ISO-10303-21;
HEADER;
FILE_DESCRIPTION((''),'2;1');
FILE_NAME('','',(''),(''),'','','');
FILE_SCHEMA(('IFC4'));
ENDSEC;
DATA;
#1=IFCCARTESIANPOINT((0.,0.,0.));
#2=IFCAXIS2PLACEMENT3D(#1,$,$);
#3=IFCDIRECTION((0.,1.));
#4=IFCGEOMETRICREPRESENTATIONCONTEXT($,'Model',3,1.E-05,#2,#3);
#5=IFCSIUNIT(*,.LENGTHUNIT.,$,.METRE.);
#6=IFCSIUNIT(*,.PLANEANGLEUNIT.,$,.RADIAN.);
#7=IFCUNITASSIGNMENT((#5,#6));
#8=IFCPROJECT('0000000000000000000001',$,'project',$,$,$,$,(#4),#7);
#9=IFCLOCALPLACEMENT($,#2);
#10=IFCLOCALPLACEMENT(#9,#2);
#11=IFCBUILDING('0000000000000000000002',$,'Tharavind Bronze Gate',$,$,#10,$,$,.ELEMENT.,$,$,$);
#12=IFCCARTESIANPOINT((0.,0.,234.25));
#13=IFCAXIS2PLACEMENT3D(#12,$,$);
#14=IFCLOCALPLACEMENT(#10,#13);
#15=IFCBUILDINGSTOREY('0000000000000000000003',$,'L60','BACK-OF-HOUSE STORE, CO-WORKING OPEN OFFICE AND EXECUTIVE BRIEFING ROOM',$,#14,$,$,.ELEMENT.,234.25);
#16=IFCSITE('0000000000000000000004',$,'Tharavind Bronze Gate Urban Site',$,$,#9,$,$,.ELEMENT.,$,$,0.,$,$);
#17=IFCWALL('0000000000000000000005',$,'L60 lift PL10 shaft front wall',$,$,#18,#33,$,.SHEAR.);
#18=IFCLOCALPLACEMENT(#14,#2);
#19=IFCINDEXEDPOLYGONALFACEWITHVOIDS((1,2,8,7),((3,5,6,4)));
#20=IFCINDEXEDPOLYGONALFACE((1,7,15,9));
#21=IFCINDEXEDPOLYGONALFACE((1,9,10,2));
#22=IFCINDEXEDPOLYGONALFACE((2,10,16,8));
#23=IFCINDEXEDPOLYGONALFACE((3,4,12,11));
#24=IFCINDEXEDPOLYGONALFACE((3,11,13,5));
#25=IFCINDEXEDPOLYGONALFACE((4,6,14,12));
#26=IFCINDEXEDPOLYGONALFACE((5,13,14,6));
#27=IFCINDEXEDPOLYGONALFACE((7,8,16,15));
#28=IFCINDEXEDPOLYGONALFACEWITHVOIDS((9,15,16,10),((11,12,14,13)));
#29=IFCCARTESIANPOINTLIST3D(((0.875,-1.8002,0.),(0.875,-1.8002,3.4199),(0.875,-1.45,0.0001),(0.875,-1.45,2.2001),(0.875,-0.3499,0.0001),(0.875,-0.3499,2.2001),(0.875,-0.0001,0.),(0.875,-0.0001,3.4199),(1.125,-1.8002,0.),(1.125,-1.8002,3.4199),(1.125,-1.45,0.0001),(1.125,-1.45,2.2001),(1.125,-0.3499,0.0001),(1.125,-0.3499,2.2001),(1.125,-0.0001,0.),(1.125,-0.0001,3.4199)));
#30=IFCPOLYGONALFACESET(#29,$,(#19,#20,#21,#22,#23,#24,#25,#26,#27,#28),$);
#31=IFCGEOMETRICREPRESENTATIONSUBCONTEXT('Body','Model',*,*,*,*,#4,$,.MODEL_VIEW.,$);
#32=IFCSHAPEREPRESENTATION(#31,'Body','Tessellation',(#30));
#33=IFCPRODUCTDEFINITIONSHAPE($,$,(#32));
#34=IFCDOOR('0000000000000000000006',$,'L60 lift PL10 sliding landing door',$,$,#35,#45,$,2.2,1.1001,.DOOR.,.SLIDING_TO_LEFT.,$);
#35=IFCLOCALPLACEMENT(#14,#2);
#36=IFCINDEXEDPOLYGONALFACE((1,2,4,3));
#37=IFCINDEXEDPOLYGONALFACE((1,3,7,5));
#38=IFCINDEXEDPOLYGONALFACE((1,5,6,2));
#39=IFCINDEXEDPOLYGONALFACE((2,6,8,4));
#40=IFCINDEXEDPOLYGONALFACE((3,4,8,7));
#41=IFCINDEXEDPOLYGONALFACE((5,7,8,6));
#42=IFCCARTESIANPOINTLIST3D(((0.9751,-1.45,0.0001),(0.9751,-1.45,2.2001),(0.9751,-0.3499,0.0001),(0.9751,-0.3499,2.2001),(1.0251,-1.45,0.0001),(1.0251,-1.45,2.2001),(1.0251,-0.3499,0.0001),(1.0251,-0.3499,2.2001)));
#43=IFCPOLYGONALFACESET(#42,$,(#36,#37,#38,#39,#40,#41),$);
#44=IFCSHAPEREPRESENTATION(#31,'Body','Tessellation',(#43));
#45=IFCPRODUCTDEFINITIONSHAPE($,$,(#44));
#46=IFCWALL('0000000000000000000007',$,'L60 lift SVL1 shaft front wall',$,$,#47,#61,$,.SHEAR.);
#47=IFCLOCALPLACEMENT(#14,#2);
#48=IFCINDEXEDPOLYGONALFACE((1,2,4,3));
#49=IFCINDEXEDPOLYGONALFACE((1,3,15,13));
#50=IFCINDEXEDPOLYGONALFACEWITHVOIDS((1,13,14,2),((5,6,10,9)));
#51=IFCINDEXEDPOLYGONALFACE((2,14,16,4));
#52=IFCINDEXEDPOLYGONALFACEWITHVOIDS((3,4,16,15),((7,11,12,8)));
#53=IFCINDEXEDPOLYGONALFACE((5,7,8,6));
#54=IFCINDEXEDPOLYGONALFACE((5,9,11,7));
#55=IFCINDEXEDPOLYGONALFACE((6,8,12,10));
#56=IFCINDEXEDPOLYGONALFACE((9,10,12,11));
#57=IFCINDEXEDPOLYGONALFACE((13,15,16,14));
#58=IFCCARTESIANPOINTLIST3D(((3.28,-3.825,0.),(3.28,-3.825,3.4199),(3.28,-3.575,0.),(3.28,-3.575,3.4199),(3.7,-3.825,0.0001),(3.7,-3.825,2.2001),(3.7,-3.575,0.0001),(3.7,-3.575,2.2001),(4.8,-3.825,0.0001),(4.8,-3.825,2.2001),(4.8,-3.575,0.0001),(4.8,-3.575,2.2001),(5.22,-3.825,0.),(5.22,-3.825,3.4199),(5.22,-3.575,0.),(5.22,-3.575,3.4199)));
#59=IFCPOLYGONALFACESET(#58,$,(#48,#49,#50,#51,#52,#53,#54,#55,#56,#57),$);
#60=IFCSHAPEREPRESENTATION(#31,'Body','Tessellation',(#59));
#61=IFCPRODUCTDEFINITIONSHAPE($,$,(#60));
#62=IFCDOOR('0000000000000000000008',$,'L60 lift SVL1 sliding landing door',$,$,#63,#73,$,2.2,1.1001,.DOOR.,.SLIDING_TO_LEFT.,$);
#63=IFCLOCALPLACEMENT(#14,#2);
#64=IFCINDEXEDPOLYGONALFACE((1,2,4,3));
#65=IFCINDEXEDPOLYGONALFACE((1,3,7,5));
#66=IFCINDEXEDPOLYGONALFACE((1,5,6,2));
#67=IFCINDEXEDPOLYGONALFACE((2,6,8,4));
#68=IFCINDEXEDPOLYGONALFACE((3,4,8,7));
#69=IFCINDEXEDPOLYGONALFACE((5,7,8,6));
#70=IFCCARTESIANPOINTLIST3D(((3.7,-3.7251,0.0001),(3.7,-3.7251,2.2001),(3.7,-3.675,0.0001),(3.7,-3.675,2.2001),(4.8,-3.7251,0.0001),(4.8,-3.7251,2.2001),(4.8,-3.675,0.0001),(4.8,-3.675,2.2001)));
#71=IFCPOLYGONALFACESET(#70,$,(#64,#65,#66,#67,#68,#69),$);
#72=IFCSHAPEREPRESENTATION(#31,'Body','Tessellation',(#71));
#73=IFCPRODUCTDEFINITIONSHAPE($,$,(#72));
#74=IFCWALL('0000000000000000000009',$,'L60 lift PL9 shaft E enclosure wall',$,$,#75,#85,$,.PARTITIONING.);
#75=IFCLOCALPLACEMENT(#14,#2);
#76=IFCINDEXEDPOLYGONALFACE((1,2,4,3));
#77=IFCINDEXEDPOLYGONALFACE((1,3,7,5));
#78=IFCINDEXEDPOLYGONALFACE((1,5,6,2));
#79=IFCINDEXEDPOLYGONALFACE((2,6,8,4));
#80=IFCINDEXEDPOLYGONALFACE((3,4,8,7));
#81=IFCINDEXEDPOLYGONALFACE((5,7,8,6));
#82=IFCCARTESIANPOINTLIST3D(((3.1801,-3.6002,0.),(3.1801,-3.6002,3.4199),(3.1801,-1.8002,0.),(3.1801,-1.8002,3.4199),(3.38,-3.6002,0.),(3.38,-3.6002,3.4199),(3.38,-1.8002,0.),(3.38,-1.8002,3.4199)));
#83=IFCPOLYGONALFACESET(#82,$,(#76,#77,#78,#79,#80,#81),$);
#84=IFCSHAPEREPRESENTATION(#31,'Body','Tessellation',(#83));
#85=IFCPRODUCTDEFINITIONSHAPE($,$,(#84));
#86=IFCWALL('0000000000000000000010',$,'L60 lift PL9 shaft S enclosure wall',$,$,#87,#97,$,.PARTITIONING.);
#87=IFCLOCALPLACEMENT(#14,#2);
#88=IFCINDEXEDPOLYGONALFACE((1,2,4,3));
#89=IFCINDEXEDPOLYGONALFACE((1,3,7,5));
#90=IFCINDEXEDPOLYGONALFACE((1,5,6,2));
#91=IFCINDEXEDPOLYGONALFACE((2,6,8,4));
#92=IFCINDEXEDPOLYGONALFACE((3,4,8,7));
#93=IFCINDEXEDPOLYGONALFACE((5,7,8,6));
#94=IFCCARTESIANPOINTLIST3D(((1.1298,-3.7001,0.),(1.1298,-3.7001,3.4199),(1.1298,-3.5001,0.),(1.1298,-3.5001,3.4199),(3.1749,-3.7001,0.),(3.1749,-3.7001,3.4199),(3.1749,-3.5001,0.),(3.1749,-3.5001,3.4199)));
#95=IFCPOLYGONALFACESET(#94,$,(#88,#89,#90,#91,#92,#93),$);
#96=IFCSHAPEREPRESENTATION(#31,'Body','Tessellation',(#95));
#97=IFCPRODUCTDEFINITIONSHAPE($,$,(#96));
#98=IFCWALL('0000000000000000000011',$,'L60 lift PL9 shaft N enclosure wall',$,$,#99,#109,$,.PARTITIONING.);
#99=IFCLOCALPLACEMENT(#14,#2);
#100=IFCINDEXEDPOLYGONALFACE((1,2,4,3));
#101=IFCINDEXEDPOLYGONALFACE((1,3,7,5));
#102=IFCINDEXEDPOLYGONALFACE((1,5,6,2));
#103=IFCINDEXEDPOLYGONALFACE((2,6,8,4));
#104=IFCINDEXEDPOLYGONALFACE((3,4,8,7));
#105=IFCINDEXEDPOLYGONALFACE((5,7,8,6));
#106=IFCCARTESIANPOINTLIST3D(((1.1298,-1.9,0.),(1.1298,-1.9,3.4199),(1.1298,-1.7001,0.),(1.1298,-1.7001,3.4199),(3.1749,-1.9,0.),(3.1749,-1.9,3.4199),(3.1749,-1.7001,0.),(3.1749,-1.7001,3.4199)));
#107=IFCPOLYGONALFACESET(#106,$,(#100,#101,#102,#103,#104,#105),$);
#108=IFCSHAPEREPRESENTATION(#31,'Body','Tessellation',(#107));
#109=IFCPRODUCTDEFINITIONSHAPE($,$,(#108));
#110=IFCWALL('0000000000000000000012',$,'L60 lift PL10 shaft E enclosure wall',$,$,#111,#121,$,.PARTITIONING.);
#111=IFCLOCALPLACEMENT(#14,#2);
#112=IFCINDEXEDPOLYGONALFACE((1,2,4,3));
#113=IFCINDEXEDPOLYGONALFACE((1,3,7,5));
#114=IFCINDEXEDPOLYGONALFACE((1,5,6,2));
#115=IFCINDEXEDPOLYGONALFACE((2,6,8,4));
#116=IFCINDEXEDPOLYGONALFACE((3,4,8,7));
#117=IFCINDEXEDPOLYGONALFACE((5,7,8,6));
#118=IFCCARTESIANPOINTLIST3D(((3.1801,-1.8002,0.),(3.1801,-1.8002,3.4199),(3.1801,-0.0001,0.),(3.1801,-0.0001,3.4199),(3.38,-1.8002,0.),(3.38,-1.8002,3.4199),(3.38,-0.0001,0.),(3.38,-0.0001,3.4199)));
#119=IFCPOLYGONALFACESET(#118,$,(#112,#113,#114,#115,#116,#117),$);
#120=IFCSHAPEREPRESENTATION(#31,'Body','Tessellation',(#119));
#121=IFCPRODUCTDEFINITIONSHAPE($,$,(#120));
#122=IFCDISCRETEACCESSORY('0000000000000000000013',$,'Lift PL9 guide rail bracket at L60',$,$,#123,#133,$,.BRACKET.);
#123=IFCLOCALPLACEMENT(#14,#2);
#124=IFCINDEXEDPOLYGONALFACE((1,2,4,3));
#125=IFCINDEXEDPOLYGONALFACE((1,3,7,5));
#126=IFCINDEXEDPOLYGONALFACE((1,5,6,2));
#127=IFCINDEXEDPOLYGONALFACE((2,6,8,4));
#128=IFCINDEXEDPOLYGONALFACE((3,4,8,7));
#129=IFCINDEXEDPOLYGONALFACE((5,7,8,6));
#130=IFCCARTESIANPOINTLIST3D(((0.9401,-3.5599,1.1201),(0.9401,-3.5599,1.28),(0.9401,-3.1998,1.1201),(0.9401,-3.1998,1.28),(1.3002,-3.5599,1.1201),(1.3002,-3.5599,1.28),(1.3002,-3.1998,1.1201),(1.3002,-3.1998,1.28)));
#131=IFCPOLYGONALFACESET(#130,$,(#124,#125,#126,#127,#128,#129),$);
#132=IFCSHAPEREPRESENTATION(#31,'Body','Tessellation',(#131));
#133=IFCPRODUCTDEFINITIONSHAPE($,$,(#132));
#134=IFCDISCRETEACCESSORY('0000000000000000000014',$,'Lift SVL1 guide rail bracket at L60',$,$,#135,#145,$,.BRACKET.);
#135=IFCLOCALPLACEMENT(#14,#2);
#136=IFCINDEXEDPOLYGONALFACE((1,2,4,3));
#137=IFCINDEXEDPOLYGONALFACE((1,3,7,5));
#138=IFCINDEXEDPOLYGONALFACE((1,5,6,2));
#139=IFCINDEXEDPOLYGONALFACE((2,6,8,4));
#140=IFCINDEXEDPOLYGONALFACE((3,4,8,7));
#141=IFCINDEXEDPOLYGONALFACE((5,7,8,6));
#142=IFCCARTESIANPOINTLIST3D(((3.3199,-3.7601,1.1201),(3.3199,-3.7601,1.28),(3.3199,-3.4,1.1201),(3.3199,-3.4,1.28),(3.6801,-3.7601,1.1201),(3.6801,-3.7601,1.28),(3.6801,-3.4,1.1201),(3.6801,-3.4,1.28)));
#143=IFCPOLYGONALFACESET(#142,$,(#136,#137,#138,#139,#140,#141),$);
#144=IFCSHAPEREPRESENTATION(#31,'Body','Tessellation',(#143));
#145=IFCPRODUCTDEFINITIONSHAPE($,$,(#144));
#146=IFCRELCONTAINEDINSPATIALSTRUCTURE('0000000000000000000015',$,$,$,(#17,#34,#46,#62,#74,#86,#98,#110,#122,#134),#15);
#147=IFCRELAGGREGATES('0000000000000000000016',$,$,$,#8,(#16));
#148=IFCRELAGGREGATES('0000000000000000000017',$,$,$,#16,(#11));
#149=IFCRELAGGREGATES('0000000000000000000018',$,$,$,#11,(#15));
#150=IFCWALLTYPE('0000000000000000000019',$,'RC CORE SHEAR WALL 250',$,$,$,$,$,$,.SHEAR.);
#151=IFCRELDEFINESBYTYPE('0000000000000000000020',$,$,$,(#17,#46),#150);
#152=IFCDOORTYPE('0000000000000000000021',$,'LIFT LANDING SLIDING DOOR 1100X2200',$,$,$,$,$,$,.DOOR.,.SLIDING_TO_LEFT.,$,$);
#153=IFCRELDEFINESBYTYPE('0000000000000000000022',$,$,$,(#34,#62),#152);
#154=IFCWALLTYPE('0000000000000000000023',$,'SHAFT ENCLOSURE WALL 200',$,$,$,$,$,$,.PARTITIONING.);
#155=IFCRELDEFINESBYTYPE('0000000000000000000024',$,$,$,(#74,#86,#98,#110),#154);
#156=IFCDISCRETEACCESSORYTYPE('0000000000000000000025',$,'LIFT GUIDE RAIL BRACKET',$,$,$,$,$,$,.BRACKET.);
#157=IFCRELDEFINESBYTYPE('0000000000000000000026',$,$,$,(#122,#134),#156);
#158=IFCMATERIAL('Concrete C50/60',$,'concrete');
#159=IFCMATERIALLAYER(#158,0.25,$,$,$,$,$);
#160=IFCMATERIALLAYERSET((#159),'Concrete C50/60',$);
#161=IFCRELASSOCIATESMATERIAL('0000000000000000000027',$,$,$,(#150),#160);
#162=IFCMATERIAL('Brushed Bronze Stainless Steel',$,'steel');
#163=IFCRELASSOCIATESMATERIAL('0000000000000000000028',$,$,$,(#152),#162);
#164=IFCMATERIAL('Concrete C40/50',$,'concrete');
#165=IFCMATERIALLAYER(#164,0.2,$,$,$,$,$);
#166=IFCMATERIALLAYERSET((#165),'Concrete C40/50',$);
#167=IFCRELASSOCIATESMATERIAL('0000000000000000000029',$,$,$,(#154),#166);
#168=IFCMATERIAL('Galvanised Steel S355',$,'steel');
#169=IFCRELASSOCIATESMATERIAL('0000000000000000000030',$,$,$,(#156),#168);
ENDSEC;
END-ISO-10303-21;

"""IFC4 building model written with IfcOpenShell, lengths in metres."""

from ifc_helpers import new_model, si_unit, direction, frame, frame_2d, origin, origin_2d, place, context, subcontext, project, spatial, rectangle, extrude, material, layer, layer_set, type_object, element, fill, save


model = new_model("IFC4")

# Units and contexts
model_context = context("Model", 3, precision=1e-05, world=origin(), true_north=direction((0.0, 1.0)))
body_context = subcontext(model_context, "Body", "Model", "MODEL_VIEW")
ifc_project = project(units=[si_unit("LENGTHUNIT", "METRE"), si_unit("PLANEANGLEUNIT", "RADIAN")], contexts=[model_context])

# Site, building, storey
site_placement = place(None, origin())
site = spatial("IfcSite", under=ifc_project, at=site_placement, Name="Tharavind Bronze Gate Urban Site", CompositionType="ELEMENT", RefElevation=0.0)
building_placement = place(site_placement, origin())
building = spatial("IfcBuilding", under=site, at=building_placement, Name="Tharavind Bronze Gate", CompositionType="ELEMENT")
storey_placement = place(building_placement, frame((0.0, 0.0, 234.25)))
storey = spatial("IfcBuildingStorey", under=building, at=storey_placement, Name="L60", Description="BACK-OF-HOUSE STORE, CO-WORKING OPEN OFFICE AND EXECUTIVE BRIEFING ROOM", CompositionType="ELEMENT", Elevation=234.25)

# Shared definitions
ifc_material_1 = material(Name="Concrete C50/60", Category="concrete")
ifc_layer_1 = layer(ifc_material_1, 0.25)
ifc_layer_set_1 = layer_set([ifc_layer_1], Name="Concrete C50/60")
wall_type_1 = type_object("IfcWallType", Name="RC CORE SHEAR WALL 250", PredefinedType="SHEAR", material=ifc_layer_set_1)

# Walls, openings, doors
ifc_material_2 = material(Name="Brushed Bronze Stainless Steel", Category="steel")
door_type = type_object("IfcDoorType", Name="LIFT LANDING SLIDING DOOR 1100X2200", OperationType="SLIDING_TO_LEFT", PredefinedType="DOOR", material=ifc_material_2)
wall_1_placement = place(storey_placement, frame((1.0, -1.8, 0.0), z_axis=(0.0, 0.0, 1.0), x_axis=(0.0, 1.0, 0.0)))
wall_1 = element("IfcWall", 1, at=wall_1_placement, inside=storey, type_object=wall_type_1, Name="L60 lift PL10 shaft front wall", PredefinedType="SHEAR", context=body_context, shape_type="SweptSolid", body=[
    extrude(rectangle(XDim=1.8, YDim=0.25, at=frame_2d((0.8999, 0.0))), origin(), (0.0, 0.0, 1.0), 3.4199),
])
opening_1_placement = place(wall_1_placement, frame((0.3501, 0.0, 0.0)))
opening_1 = element("IfcOpeningElement", 2, at=opening_1_placement, cuts=wall_1, PredefinedType="OPENING", context=body_context, shape_type="SweptSolid", body=[
    extrude(rectangle(XDim=1.1001, YDim=2.2, at=frame_2d((0.55, 1.1001))), frame((0.0, 0.135, 0.0), z_axis=(0.0, -1.0, 0.0), x_axis=(1.0, 0.0, 0.0)), (0.0, 0.0, 1.0), 0.27),
])
door_1_placement = place(opening_1_placement, origin())
door_1 = element("IfcDoor", 3, at=door_1_placement, inside=storey, type_object=door_type, Name="L60 lift PL10 sliding landing door", OperationType="SLIDING_TO_LEFT", OverallHeight=2.2, OverallWidth=1.1001, PredefinedType="DOOR", context=body_context, shape_type="SweptSolid", body=[
    extrude(rectangle(XDim=1.1001, YDim=2.2, at=frame_2d((0.55, 1.1001))), frame((0.0, 0.0249, 0.0), z_axis=(0.0, -1.0, 0.0), x_axis=(1.0, 0.0, 0.0)), (0.0, 0.0, 1.0), 0.05),
])
fill(opening_1, door_1)
wall_2_placement = place(storey_placement, frame((3.28, -3.7, 0.0), z_axis=(0.0, 0.0, 1.0), x_axis=(1.0, 0.0, 0.0)))
wall_2 = element("IfcWall", 4, at=wall_2_placement, inside=storey, type_object=wall_type_1, Name="L60 lift SVL1 shaft front wall", PredefinedType="SHEAR", context=body_context, shape_type="SweptSolid", body=[
    extrude(rectangle(XDim=1.9399, YDim=0.25, at=frame_2d((0.97, 0.0))), origin(), (0.0, 0.0, 1.0), 3.4199),
])
opening_2_placement = place(wall_2_placement, frame((0.4199, 0.0, 0.0)))
opening_2 = element("IfcOpeningElement", 5, at=opening_2_placement, cuts=wall_2, PredefinedType="OPENING", context=body_context, shape_type="SweptSolid", body=[
    extrude(rectangle(XDim=1.1001, YDim=2.2, at=frame_2d((0.55, 1.1001))), frame((0.0, 0.135, 0.0), z_axis=(0.0, -1.0, 0.0), x_axis=(1.0, 0.0, 0.0)), (0.0, 0.0, 1.0), 0.27),
])
door_2_placement = place(opening_2_placement, origin())
door_2 = element("IfcDoor", 6, at=door_2_placement, inside=storey, type_object=door_type, Name="L60 lift SVL1 sliding landing door", OperationType="SLIDING_TO_LEFT", OverallHeight=2.2, OverallWidth=1.1001, PredefinedType="DOOR", context=body_context, shape_type="SweptSolid", body=[
    extrude(rectangle(XDim=1.1001, YDim=2.2, at=frame_2d((0.55, 1.1001))), frame((0.0, 0.0249, 0.0), z_axis=(0.0, -1.0, 0.0), x_axis=(1.0, 0.0, 0.0)), (0.0, 0.0, 1.0), 0.05),
])
fill(opening_2, door_2)

# Walls
ifc_material_3 = material(Name="Concrete C40/50", Category="concrete")
ifc_layer_2 = layer(ifc_material_3, 0.2)
ifc_layer_set_2 = layer_set([ifc_layer_2], Name="Concrete C40/50")
wall_type_2 = type_object("IfcWallType", Name="SHAFT ENCLOSURE WALL 200", PredefinedType="PARTITIONING", material=ifc_layer_set_2)
wall_3_placement = place(storey_placement, frame((3.28, -3.6001, 0.0), z_axis=(0.0, 0.0, 1.0), x_axis=(0.0, 1.0, 0.0)))
element("IfcWall", 7, at=wall_3_placement, inside=storey, type_object=wall_type_2, Name="L60 lift PL9 shaft E enclosure wall", PredefinedType="PARTITIONING", context=body_context, shape_type="SweptSolid", body=[
    extrude(rectangle(XDim=1.8, YDim=0.2, at=frame_2d((0.8999, 0.0))), origin(), (0.0, 0.0, 1.0), 3.4199),
])
for number, where, z_axis, x_axis, name in (
    (8, (1.1299, -3.6001, 0.0), (0.0, 0.0, 1.0), (1.0, 0.0, 0.0), "L60 lift PL9 shaft S enclosure wall"),
    (9, (1.1299, -1.8, 0.0), (0.0, 0.0, 1.0), (1.0, 0.0, 0.0), "L60 lift PL9 shaft N enclosure wall"),
):
    element("IfcWall", number, at=place(storey_placement, frame(where, z_axis=z_axis, x_axis=x_axis)), inside=storey, type_object=wall_type_2, Name=name, PredefinedType="PARTITIONING", context=body_context, shape_type="SweptSolid", body=[
        extrude(rectangle(XDim=2.0452, YDim=0.2, at=frame_2d((1.0225, 0.0))), origin(), (0.0, 0.0, 1.0), 3.4199),
    ])
wall_4_placement = place(storey_placement, frame((3.28, -1.8, 0.0), z_axis=(0.0, 0.0, 1.0), x_axis=(0.0, 1.0, 0.0)))
element("IfcWall", 10, at=wall_4_placement, inside=storey, type_object=wall_type_2, Name="L60 lift PL10 shaft E enclosure wall", PredefinedType="PARTITIONING", context=body_context, shape_type="SweptSolid", body=[
    extrude(rectangle(XDim=1.8, YDim=0.2, at=frame_2d((0.8999, 0.0))), origin(), (0.0, 0.0, 1.0), 3.4199),
])

# Discrete accessories
ifc_material_4 = material(Name="Galvanised Steel S355", Category="steel")
discrete_accessory_type = type_object("IfcDiscreteAccessoryType", Name="LIFT GUIDE RAIL BRACKET", PredefinedType="BRACKET", material=ifc_material_4)
for number, where, z_axis, x_axis, name in (
    (11, (1.1201, -3.3799, 1.1201), (0.0, 0.0, 1.0), (1.0, 0.0, 0.0), "Lift PL9 guide rail bracket at L60"),
    (12, (3.5, -3.5801, 1.1201), (0.0, 0.0, 1.0), (1.0, 0.0, 0.0), "Lift SVL1 guide rail bracket at L60"),
):
    element("IfcDiscreteAccessory", number, at=place(storey_placement, frame(where, z_axis=z_axis, x_axis=x_axis)), inside=storey, type_object=discrete_accessory_type, Name=name, PredefinedType="BRACKET", context=body_context, shape_type="SweptSolid", body=[
        extrude(rectangle(XDim=0.3601, YDim=0.3601, at=origin_2d()), origin(), (0.0, 0.0, 1.0), 0.1599),
    ])

save(model, "model.ifc")
